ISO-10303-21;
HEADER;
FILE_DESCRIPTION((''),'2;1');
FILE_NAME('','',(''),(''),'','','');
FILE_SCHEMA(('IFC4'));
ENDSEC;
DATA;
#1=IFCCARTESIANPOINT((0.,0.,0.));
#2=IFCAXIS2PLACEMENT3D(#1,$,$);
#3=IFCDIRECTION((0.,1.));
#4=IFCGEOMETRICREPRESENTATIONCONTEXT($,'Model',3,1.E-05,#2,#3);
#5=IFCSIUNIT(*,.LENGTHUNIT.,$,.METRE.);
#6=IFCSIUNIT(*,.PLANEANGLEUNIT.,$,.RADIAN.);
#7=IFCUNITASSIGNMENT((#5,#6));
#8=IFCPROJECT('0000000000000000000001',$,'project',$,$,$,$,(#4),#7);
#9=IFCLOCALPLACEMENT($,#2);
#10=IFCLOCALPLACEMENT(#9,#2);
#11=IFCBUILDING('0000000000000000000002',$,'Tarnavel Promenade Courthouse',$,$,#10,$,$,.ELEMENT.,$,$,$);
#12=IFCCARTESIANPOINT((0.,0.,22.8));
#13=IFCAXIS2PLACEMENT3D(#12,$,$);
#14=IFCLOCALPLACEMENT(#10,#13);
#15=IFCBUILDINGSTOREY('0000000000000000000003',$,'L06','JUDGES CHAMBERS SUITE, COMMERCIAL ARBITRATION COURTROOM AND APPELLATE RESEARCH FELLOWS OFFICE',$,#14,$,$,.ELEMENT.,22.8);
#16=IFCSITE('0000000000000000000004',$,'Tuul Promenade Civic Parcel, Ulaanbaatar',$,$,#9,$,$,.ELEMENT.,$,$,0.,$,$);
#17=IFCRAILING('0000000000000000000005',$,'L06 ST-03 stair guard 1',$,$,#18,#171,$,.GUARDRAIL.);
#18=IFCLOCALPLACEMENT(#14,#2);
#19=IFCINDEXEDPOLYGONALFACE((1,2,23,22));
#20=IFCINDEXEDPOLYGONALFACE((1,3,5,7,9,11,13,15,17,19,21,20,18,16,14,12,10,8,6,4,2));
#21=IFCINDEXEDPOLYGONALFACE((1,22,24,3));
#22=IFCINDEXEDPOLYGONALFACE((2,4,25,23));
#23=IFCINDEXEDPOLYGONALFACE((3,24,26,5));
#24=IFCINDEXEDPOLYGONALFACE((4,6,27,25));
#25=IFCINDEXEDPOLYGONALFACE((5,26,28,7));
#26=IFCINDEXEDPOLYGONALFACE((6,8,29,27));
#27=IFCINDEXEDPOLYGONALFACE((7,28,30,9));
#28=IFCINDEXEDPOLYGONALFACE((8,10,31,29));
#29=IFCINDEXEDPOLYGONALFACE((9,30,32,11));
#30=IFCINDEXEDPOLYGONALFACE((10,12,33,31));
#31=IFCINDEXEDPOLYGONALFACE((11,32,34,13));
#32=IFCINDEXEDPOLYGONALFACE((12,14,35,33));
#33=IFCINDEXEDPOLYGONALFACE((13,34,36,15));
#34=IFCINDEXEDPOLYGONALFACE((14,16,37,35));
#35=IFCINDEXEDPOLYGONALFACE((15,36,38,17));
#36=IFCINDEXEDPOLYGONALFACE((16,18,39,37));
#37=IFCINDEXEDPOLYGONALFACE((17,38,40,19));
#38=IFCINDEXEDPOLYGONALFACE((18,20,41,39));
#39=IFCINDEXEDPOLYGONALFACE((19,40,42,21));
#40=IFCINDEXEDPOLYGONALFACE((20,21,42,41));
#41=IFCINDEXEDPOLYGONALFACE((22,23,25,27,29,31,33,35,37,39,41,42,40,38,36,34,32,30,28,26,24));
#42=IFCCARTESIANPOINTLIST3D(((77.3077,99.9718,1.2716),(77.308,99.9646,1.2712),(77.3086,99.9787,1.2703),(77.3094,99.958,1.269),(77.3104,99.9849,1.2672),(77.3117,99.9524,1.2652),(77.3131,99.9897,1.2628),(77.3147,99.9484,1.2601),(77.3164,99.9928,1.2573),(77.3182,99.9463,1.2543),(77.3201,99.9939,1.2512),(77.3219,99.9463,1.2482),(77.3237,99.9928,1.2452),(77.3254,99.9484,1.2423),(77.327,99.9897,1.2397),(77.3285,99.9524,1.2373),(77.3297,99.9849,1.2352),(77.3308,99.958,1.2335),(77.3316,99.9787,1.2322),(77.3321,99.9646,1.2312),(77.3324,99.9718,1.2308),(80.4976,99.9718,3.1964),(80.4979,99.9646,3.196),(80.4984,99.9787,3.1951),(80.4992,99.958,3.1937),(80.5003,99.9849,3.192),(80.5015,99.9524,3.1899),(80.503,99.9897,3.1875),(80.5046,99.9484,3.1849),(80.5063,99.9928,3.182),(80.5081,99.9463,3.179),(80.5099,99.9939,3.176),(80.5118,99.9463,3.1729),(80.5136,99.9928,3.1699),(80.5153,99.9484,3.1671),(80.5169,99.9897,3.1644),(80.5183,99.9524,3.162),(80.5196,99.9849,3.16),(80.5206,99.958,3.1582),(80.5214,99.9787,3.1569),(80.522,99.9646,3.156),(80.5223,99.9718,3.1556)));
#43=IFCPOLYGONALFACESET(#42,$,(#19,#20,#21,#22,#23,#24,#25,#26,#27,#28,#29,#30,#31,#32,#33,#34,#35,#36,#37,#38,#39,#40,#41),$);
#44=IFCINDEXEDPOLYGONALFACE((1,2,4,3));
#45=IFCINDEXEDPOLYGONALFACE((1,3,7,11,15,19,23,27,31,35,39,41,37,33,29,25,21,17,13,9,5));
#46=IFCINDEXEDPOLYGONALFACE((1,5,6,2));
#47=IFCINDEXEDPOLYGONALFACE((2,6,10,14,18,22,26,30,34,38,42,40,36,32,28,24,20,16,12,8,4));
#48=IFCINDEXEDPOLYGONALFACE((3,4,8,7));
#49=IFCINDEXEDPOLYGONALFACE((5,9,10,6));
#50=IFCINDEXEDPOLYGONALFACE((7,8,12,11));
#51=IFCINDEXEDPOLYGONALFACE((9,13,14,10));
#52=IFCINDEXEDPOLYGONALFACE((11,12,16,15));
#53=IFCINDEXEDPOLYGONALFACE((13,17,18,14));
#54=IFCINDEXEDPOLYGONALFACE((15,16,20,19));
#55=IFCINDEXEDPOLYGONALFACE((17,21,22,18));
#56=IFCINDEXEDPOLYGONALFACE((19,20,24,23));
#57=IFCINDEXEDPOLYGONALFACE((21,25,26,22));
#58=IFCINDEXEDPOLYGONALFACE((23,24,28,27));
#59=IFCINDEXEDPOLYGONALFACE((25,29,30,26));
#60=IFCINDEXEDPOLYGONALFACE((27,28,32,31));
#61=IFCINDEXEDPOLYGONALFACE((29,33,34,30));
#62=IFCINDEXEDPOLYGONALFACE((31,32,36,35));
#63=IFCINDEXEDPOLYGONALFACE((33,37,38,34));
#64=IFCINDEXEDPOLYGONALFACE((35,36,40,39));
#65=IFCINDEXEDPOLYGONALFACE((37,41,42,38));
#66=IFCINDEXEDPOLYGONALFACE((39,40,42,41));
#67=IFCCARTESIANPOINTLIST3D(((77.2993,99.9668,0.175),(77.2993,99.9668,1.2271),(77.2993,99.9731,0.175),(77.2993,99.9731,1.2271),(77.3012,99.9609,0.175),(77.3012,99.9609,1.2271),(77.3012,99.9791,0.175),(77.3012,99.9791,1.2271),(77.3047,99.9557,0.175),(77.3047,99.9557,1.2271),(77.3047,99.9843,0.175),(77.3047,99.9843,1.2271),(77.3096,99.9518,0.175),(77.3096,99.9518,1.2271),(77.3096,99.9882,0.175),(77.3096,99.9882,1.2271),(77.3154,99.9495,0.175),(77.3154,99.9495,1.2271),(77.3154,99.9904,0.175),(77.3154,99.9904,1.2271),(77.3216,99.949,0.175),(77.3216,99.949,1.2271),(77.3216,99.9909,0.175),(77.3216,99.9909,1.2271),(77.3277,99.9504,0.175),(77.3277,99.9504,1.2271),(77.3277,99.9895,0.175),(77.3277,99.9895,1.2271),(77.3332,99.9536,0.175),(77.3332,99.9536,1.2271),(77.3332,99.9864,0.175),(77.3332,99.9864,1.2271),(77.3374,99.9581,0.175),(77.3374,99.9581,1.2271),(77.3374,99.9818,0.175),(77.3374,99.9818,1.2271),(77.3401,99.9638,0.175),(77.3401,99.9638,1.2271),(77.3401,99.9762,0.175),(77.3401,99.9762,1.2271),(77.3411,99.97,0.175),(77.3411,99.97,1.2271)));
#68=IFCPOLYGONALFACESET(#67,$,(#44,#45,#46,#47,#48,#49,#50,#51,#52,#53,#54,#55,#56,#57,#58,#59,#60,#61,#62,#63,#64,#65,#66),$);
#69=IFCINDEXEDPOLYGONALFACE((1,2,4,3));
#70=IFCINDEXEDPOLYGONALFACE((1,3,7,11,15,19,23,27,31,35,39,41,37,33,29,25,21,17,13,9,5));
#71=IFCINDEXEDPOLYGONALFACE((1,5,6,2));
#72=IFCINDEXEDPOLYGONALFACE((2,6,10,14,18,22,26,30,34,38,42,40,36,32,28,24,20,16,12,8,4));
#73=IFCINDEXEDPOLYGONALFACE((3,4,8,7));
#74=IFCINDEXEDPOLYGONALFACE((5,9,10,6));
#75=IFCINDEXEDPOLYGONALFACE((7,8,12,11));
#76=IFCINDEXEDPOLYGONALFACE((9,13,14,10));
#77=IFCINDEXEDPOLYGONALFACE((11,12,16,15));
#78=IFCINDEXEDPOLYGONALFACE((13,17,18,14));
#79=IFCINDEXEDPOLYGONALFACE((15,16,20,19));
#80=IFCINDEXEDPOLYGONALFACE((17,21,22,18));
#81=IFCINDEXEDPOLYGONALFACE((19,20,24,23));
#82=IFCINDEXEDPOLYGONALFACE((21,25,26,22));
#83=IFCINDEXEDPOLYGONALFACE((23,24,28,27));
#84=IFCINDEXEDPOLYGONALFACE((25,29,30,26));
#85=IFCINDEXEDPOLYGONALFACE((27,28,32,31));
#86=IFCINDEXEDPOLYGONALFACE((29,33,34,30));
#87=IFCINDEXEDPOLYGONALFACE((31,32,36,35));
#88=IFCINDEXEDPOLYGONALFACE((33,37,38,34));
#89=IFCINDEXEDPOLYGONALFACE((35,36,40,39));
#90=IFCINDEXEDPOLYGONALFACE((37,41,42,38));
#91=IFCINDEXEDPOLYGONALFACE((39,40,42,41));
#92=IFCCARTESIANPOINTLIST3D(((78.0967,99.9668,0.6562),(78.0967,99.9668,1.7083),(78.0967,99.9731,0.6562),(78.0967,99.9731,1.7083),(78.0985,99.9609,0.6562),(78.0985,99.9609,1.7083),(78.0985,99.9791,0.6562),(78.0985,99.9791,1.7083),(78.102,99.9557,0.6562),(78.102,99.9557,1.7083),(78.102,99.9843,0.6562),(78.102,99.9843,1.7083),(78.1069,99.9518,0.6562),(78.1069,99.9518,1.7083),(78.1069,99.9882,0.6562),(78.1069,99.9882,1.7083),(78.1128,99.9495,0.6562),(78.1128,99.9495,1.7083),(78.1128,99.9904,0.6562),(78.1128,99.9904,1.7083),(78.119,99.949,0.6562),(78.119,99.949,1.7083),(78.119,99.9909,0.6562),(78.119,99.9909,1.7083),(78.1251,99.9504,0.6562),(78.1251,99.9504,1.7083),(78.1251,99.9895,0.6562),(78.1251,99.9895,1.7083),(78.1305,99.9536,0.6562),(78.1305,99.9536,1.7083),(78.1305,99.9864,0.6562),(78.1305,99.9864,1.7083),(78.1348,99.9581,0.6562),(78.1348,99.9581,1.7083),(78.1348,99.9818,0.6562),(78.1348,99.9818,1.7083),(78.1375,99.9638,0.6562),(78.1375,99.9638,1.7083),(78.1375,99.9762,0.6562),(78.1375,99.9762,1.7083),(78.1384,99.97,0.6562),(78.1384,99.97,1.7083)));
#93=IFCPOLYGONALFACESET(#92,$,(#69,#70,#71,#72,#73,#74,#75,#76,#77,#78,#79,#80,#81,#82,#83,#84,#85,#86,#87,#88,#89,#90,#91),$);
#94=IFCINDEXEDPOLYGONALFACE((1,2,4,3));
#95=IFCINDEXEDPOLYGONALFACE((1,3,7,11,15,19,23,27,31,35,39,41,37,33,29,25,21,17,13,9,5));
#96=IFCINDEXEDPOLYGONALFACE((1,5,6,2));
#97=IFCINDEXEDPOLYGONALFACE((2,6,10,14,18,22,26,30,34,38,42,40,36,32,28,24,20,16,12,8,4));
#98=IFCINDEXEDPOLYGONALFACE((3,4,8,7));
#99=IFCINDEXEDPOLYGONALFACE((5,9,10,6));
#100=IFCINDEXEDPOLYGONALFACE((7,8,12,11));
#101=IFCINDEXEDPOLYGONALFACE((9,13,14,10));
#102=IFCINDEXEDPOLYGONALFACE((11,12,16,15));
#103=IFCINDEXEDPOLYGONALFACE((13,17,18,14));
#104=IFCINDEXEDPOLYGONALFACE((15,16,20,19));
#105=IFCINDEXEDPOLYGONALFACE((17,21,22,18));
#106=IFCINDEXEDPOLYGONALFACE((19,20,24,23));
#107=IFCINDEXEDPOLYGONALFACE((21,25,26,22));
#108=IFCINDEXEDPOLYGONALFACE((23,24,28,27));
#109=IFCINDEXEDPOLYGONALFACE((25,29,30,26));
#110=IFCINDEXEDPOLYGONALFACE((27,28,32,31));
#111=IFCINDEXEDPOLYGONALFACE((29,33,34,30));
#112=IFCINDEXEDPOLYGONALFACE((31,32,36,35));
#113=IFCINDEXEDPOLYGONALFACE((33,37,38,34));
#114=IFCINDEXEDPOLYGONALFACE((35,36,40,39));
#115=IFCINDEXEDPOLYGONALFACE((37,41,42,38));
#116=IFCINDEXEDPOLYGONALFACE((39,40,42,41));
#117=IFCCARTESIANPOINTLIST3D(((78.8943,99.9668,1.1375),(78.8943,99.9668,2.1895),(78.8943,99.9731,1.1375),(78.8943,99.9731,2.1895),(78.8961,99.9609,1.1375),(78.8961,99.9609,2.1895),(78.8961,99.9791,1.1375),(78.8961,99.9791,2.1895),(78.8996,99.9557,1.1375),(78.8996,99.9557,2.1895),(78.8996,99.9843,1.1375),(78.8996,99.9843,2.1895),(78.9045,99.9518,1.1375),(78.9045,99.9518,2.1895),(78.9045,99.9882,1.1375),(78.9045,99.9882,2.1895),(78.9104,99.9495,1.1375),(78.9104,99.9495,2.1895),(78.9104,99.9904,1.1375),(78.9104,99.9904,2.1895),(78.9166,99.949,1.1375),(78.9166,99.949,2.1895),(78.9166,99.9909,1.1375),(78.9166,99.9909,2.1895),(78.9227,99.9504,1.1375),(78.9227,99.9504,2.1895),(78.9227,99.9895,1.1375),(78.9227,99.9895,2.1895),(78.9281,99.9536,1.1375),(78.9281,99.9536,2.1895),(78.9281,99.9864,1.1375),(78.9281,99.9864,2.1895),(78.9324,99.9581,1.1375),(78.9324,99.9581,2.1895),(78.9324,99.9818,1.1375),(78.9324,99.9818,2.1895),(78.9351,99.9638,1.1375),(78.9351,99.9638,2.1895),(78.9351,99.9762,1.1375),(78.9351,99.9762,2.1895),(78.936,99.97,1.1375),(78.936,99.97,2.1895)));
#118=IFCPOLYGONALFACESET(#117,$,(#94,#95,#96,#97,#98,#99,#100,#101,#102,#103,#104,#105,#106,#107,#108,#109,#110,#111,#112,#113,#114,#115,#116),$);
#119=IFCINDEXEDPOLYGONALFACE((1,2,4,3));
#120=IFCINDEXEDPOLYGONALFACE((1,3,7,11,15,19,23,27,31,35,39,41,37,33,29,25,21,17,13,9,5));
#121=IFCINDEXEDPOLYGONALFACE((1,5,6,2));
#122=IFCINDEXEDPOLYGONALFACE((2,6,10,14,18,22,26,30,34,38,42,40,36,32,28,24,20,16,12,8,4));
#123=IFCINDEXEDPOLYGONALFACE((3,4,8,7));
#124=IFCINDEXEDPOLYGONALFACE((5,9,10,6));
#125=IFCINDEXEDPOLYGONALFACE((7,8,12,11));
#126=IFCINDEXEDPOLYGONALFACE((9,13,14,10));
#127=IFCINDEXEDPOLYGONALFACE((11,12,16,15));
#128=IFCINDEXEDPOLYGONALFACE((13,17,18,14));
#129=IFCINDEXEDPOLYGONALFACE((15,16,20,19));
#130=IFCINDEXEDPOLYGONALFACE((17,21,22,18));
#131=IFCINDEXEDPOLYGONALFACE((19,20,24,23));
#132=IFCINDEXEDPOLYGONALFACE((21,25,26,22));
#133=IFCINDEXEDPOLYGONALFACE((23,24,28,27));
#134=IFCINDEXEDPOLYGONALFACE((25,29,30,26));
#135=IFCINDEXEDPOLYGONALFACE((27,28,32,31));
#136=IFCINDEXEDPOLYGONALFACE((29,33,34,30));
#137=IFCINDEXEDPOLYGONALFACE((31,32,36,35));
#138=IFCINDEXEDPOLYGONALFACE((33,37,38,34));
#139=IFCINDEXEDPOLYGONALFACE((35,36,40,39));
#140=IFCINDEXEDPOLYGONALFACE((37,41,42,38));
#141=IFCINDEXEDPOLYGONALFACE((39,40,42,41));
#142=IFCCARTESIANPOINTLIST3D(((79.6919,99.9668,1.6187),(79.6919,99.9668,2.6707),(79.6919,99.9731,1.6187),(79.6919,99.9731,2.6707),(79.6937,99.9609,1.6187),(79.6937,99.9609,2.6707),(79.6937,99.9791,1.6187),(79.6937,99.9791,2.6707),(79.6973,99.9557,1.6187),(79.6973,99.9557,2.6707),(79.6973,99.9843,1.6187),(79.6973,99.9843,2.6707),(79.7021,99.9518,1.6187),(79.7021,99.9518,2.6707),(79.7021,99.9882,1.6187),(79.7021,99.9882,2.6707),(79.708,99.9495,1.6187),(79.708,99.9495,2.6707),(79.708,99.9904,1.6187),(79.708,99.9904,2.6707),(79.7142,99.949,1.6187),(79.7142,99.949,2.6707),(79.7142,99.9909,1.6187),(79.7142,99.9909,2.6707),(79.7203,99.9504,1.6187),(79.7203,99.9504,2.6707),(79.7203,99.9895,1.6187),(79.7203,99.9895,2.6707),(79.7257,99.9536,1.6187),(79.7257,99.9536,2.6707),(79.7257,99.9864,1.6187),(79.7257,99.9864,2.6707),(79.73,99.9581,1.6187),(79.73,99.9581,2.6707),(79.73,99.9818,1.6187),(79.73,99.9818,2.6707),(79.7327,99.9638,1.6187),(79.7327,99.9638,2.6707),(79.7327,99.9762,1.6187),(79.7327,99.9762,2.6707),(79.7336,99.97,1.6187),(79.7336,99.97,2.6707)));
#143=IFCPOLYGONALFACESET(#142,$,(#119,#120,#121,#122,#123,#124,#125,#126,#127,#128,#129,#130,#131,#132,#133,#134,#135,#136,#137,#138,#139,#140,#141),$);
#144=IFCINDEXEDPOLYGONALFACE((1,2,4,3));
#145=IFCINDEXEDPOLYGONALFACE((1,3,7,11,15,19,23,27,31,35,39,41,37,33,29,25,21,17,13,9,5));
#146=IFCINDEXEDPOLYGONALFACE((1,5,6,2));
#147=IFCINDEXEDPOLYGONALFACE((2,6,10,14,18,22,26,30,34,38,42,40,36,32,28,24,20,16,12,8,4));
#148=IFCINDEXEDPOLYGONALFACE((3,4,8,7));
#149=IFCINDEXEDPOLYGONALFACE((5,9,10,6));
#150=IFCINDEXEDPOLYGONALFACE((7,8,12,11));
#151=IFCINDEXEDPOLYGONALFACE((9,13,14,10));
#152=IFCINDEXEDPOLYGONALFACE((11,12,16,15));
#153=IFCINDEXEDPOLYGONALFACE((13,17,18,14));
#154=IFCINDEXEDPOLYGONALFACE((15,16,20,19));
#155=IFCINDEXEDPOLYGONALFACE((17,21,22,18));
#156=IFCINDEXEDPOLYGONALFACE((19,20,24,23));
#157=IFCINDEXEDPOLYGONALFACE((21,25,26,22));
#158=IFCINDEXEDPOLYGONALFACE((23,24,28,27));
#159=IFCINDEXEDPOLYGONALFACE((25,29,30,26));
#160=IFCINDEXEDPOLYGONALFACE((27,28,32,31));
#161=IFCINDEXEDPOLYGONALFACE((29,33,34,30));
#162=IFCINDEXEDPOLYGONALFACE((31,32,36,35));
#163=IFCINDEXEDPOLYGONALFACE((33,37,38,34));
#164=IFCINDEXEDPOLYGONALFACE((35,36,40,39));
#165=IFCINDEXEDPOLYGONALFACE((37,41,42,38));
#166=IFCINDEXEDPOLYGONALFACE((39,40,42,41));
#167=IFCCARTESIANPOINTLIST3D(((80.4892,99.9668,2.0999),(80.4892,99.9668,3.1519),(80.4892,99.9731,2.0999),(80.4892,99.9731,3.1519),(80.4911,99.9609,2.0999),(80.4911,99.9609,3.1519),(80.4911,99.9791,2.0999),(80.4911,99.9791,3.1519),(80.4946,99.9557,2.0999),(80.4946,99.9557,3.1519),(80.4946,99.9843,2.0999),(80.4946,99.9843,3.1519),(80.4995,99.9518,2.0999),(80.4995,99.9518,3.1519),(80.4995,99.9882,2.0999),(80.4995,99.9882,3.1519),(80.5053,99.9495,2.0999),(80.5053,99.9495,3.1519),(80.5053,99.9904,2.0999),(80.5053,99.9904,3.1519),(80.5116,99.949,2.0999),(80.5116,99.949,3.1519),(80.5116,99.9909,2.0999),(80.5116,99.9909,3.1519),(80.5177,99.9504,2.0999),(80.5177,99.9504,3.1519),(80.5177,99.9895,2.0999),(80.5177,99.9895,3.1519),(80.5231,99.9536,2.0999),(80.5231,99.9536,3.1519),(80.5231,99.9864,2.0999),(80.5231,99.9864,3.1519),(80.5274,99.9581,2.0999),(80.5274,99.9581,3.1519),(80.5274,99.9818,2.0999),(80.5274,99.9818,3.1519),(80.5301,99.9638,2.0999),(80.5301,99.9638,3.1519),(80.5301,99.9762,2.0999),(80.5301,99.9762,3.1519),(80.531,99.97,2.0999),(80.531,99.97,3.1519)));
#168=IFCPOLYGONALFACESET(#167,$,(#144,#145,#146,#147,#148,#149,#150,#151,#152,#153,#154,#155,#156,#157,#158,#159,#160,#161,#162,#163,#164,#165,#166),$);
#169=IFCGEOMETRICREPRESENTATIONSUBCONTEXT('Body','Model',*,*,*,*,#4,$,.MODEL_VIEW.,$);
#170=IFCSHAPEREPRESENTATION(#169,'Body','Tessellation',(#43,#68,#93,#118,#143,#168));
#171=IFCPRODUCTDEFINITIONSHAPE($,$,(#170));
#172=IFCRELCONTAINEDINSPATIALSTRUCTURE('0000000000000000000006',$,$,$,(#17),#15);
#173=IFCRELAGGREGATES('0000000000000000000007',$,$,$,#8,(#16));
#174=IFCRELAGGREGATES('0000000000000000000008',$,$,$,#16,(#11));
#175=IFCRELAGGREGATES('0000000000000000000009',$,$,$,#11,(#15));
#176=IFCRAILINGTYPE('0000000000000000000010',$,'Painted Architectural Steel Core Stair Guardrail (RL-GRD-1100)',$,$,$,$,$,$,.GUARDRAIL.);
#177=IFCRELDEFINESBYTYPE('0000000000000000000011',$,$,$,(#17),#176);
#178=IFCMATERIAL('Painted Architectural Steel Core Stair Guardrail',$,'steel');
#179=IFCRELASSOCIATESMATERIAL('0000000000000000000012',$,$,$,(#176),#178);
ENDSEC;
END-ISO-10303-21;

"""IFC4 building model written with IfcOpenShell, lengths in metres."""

from ifc_helpers import new_model, si_unit, direction, frame, origin, origin_2d, place, context, subcontext, project, spatial, circle, extrude, material, type_object, element, save


model = new_model("IFC4")

# Units and contexts
model_context = context("Model", 3, precision=1e-05, world=origin(), true_north=direction((0.0, 1.0)))
body_context = subcontext(model_context, "Body", "Model", "MODEL_VIEW")
ifc_project = project(units=[si_unit("LENGTHUNIT", "METRE"), si_unit("PLANEANGLEUNIT", "RADIAN")], contexts=[model_context])

# Site, building, storey
site_placement = place(None, origin())
site = spatial("IfcSite", under=ifc_project, at=site_placement, Name="Tuul Promenade Civic Parcel, Ulaanbaatar", CompositionType="ELEMENT", RefElevation=0.0)
building_placement = place(site_placement, origin())
building = spatial("IfcBuilding", under=site, at=building_placement, Name="Tarnavel Promenade Courthouse", CompositionType="ELEMENT")
storey_placement = place(building_placement, frame((0.0, 0.0, 22.8)))
storey = spatial("IfcBuildingStorey", under=building, at=storey_placement, Name="L06", Description="JUDGES CHAMBERS SUITE, COMMERCIAL ARBITRATION COURTROOM AND APPELLATE RESEARCH FELLOWS OFFICE", CompositionType="ELEMENT", Elevation=22.8)

# Railing
ifc_material_1 = material(Name="Painted Architectural Steel Core Stair Guardrail", Category="steel")
railing_type_1 = type_object("IfcRailingType", Name="Painted Architectural Steel Core Stair Guardrail (RL-GRD-1100)", PredefinedType="GUARDRAIL", material=ifc_material_1)
railing_1_placement = place(storey_placement, frame((77.3201, 99.97, 0.175)))
element("IfcRailing", 1, at=railing_1_placement, inside=storey, type_object=railing_type_1, Name="L06 ST-03 stair guard 1", PredefinedType="GUARDRAIL", context=body_context, shape_type="SweptSolid", body=[
    extrude(circle(Radius=0.0239, at=origin_2d()), frame((0.0, 0.0, 1.0762), z_axis=(0.856207, 0.0, 0.516633), x_axis=(0.0, 1.0, 0.0)), (0.0, 0.0, 1.0), 3.7256),
    extrude(circle(Radius=0.021, at=origin_2d()), origin(), (0.0, 0.0, 1.0), 1.052),
    extrude(circle(Radius=0.021, at=origin_2d()), frame((0.7974, 0.0, 0.4812)), (0.0, 0.0, 1.0), 1.052),
    extrude(circle(Radius=0.021, at=origin_2d()), frame((1.595, 0.0, 0.9624)), (0.0, 0.0, 1.0), 1.052),
    extrude(circle(Radius=0.021, at=origin_2d()), frame((2.3926, 0.0, 1.4436)), (0.0, 0.0, 1.0), 1.052),
    extrude(circle(Radius=0.021, at=origin_2d()), frame((3.1899, 0.0, 1.9248)), (0.0, 0.0, 1.0), 1.052),
])

save(model, "model.ifc")
